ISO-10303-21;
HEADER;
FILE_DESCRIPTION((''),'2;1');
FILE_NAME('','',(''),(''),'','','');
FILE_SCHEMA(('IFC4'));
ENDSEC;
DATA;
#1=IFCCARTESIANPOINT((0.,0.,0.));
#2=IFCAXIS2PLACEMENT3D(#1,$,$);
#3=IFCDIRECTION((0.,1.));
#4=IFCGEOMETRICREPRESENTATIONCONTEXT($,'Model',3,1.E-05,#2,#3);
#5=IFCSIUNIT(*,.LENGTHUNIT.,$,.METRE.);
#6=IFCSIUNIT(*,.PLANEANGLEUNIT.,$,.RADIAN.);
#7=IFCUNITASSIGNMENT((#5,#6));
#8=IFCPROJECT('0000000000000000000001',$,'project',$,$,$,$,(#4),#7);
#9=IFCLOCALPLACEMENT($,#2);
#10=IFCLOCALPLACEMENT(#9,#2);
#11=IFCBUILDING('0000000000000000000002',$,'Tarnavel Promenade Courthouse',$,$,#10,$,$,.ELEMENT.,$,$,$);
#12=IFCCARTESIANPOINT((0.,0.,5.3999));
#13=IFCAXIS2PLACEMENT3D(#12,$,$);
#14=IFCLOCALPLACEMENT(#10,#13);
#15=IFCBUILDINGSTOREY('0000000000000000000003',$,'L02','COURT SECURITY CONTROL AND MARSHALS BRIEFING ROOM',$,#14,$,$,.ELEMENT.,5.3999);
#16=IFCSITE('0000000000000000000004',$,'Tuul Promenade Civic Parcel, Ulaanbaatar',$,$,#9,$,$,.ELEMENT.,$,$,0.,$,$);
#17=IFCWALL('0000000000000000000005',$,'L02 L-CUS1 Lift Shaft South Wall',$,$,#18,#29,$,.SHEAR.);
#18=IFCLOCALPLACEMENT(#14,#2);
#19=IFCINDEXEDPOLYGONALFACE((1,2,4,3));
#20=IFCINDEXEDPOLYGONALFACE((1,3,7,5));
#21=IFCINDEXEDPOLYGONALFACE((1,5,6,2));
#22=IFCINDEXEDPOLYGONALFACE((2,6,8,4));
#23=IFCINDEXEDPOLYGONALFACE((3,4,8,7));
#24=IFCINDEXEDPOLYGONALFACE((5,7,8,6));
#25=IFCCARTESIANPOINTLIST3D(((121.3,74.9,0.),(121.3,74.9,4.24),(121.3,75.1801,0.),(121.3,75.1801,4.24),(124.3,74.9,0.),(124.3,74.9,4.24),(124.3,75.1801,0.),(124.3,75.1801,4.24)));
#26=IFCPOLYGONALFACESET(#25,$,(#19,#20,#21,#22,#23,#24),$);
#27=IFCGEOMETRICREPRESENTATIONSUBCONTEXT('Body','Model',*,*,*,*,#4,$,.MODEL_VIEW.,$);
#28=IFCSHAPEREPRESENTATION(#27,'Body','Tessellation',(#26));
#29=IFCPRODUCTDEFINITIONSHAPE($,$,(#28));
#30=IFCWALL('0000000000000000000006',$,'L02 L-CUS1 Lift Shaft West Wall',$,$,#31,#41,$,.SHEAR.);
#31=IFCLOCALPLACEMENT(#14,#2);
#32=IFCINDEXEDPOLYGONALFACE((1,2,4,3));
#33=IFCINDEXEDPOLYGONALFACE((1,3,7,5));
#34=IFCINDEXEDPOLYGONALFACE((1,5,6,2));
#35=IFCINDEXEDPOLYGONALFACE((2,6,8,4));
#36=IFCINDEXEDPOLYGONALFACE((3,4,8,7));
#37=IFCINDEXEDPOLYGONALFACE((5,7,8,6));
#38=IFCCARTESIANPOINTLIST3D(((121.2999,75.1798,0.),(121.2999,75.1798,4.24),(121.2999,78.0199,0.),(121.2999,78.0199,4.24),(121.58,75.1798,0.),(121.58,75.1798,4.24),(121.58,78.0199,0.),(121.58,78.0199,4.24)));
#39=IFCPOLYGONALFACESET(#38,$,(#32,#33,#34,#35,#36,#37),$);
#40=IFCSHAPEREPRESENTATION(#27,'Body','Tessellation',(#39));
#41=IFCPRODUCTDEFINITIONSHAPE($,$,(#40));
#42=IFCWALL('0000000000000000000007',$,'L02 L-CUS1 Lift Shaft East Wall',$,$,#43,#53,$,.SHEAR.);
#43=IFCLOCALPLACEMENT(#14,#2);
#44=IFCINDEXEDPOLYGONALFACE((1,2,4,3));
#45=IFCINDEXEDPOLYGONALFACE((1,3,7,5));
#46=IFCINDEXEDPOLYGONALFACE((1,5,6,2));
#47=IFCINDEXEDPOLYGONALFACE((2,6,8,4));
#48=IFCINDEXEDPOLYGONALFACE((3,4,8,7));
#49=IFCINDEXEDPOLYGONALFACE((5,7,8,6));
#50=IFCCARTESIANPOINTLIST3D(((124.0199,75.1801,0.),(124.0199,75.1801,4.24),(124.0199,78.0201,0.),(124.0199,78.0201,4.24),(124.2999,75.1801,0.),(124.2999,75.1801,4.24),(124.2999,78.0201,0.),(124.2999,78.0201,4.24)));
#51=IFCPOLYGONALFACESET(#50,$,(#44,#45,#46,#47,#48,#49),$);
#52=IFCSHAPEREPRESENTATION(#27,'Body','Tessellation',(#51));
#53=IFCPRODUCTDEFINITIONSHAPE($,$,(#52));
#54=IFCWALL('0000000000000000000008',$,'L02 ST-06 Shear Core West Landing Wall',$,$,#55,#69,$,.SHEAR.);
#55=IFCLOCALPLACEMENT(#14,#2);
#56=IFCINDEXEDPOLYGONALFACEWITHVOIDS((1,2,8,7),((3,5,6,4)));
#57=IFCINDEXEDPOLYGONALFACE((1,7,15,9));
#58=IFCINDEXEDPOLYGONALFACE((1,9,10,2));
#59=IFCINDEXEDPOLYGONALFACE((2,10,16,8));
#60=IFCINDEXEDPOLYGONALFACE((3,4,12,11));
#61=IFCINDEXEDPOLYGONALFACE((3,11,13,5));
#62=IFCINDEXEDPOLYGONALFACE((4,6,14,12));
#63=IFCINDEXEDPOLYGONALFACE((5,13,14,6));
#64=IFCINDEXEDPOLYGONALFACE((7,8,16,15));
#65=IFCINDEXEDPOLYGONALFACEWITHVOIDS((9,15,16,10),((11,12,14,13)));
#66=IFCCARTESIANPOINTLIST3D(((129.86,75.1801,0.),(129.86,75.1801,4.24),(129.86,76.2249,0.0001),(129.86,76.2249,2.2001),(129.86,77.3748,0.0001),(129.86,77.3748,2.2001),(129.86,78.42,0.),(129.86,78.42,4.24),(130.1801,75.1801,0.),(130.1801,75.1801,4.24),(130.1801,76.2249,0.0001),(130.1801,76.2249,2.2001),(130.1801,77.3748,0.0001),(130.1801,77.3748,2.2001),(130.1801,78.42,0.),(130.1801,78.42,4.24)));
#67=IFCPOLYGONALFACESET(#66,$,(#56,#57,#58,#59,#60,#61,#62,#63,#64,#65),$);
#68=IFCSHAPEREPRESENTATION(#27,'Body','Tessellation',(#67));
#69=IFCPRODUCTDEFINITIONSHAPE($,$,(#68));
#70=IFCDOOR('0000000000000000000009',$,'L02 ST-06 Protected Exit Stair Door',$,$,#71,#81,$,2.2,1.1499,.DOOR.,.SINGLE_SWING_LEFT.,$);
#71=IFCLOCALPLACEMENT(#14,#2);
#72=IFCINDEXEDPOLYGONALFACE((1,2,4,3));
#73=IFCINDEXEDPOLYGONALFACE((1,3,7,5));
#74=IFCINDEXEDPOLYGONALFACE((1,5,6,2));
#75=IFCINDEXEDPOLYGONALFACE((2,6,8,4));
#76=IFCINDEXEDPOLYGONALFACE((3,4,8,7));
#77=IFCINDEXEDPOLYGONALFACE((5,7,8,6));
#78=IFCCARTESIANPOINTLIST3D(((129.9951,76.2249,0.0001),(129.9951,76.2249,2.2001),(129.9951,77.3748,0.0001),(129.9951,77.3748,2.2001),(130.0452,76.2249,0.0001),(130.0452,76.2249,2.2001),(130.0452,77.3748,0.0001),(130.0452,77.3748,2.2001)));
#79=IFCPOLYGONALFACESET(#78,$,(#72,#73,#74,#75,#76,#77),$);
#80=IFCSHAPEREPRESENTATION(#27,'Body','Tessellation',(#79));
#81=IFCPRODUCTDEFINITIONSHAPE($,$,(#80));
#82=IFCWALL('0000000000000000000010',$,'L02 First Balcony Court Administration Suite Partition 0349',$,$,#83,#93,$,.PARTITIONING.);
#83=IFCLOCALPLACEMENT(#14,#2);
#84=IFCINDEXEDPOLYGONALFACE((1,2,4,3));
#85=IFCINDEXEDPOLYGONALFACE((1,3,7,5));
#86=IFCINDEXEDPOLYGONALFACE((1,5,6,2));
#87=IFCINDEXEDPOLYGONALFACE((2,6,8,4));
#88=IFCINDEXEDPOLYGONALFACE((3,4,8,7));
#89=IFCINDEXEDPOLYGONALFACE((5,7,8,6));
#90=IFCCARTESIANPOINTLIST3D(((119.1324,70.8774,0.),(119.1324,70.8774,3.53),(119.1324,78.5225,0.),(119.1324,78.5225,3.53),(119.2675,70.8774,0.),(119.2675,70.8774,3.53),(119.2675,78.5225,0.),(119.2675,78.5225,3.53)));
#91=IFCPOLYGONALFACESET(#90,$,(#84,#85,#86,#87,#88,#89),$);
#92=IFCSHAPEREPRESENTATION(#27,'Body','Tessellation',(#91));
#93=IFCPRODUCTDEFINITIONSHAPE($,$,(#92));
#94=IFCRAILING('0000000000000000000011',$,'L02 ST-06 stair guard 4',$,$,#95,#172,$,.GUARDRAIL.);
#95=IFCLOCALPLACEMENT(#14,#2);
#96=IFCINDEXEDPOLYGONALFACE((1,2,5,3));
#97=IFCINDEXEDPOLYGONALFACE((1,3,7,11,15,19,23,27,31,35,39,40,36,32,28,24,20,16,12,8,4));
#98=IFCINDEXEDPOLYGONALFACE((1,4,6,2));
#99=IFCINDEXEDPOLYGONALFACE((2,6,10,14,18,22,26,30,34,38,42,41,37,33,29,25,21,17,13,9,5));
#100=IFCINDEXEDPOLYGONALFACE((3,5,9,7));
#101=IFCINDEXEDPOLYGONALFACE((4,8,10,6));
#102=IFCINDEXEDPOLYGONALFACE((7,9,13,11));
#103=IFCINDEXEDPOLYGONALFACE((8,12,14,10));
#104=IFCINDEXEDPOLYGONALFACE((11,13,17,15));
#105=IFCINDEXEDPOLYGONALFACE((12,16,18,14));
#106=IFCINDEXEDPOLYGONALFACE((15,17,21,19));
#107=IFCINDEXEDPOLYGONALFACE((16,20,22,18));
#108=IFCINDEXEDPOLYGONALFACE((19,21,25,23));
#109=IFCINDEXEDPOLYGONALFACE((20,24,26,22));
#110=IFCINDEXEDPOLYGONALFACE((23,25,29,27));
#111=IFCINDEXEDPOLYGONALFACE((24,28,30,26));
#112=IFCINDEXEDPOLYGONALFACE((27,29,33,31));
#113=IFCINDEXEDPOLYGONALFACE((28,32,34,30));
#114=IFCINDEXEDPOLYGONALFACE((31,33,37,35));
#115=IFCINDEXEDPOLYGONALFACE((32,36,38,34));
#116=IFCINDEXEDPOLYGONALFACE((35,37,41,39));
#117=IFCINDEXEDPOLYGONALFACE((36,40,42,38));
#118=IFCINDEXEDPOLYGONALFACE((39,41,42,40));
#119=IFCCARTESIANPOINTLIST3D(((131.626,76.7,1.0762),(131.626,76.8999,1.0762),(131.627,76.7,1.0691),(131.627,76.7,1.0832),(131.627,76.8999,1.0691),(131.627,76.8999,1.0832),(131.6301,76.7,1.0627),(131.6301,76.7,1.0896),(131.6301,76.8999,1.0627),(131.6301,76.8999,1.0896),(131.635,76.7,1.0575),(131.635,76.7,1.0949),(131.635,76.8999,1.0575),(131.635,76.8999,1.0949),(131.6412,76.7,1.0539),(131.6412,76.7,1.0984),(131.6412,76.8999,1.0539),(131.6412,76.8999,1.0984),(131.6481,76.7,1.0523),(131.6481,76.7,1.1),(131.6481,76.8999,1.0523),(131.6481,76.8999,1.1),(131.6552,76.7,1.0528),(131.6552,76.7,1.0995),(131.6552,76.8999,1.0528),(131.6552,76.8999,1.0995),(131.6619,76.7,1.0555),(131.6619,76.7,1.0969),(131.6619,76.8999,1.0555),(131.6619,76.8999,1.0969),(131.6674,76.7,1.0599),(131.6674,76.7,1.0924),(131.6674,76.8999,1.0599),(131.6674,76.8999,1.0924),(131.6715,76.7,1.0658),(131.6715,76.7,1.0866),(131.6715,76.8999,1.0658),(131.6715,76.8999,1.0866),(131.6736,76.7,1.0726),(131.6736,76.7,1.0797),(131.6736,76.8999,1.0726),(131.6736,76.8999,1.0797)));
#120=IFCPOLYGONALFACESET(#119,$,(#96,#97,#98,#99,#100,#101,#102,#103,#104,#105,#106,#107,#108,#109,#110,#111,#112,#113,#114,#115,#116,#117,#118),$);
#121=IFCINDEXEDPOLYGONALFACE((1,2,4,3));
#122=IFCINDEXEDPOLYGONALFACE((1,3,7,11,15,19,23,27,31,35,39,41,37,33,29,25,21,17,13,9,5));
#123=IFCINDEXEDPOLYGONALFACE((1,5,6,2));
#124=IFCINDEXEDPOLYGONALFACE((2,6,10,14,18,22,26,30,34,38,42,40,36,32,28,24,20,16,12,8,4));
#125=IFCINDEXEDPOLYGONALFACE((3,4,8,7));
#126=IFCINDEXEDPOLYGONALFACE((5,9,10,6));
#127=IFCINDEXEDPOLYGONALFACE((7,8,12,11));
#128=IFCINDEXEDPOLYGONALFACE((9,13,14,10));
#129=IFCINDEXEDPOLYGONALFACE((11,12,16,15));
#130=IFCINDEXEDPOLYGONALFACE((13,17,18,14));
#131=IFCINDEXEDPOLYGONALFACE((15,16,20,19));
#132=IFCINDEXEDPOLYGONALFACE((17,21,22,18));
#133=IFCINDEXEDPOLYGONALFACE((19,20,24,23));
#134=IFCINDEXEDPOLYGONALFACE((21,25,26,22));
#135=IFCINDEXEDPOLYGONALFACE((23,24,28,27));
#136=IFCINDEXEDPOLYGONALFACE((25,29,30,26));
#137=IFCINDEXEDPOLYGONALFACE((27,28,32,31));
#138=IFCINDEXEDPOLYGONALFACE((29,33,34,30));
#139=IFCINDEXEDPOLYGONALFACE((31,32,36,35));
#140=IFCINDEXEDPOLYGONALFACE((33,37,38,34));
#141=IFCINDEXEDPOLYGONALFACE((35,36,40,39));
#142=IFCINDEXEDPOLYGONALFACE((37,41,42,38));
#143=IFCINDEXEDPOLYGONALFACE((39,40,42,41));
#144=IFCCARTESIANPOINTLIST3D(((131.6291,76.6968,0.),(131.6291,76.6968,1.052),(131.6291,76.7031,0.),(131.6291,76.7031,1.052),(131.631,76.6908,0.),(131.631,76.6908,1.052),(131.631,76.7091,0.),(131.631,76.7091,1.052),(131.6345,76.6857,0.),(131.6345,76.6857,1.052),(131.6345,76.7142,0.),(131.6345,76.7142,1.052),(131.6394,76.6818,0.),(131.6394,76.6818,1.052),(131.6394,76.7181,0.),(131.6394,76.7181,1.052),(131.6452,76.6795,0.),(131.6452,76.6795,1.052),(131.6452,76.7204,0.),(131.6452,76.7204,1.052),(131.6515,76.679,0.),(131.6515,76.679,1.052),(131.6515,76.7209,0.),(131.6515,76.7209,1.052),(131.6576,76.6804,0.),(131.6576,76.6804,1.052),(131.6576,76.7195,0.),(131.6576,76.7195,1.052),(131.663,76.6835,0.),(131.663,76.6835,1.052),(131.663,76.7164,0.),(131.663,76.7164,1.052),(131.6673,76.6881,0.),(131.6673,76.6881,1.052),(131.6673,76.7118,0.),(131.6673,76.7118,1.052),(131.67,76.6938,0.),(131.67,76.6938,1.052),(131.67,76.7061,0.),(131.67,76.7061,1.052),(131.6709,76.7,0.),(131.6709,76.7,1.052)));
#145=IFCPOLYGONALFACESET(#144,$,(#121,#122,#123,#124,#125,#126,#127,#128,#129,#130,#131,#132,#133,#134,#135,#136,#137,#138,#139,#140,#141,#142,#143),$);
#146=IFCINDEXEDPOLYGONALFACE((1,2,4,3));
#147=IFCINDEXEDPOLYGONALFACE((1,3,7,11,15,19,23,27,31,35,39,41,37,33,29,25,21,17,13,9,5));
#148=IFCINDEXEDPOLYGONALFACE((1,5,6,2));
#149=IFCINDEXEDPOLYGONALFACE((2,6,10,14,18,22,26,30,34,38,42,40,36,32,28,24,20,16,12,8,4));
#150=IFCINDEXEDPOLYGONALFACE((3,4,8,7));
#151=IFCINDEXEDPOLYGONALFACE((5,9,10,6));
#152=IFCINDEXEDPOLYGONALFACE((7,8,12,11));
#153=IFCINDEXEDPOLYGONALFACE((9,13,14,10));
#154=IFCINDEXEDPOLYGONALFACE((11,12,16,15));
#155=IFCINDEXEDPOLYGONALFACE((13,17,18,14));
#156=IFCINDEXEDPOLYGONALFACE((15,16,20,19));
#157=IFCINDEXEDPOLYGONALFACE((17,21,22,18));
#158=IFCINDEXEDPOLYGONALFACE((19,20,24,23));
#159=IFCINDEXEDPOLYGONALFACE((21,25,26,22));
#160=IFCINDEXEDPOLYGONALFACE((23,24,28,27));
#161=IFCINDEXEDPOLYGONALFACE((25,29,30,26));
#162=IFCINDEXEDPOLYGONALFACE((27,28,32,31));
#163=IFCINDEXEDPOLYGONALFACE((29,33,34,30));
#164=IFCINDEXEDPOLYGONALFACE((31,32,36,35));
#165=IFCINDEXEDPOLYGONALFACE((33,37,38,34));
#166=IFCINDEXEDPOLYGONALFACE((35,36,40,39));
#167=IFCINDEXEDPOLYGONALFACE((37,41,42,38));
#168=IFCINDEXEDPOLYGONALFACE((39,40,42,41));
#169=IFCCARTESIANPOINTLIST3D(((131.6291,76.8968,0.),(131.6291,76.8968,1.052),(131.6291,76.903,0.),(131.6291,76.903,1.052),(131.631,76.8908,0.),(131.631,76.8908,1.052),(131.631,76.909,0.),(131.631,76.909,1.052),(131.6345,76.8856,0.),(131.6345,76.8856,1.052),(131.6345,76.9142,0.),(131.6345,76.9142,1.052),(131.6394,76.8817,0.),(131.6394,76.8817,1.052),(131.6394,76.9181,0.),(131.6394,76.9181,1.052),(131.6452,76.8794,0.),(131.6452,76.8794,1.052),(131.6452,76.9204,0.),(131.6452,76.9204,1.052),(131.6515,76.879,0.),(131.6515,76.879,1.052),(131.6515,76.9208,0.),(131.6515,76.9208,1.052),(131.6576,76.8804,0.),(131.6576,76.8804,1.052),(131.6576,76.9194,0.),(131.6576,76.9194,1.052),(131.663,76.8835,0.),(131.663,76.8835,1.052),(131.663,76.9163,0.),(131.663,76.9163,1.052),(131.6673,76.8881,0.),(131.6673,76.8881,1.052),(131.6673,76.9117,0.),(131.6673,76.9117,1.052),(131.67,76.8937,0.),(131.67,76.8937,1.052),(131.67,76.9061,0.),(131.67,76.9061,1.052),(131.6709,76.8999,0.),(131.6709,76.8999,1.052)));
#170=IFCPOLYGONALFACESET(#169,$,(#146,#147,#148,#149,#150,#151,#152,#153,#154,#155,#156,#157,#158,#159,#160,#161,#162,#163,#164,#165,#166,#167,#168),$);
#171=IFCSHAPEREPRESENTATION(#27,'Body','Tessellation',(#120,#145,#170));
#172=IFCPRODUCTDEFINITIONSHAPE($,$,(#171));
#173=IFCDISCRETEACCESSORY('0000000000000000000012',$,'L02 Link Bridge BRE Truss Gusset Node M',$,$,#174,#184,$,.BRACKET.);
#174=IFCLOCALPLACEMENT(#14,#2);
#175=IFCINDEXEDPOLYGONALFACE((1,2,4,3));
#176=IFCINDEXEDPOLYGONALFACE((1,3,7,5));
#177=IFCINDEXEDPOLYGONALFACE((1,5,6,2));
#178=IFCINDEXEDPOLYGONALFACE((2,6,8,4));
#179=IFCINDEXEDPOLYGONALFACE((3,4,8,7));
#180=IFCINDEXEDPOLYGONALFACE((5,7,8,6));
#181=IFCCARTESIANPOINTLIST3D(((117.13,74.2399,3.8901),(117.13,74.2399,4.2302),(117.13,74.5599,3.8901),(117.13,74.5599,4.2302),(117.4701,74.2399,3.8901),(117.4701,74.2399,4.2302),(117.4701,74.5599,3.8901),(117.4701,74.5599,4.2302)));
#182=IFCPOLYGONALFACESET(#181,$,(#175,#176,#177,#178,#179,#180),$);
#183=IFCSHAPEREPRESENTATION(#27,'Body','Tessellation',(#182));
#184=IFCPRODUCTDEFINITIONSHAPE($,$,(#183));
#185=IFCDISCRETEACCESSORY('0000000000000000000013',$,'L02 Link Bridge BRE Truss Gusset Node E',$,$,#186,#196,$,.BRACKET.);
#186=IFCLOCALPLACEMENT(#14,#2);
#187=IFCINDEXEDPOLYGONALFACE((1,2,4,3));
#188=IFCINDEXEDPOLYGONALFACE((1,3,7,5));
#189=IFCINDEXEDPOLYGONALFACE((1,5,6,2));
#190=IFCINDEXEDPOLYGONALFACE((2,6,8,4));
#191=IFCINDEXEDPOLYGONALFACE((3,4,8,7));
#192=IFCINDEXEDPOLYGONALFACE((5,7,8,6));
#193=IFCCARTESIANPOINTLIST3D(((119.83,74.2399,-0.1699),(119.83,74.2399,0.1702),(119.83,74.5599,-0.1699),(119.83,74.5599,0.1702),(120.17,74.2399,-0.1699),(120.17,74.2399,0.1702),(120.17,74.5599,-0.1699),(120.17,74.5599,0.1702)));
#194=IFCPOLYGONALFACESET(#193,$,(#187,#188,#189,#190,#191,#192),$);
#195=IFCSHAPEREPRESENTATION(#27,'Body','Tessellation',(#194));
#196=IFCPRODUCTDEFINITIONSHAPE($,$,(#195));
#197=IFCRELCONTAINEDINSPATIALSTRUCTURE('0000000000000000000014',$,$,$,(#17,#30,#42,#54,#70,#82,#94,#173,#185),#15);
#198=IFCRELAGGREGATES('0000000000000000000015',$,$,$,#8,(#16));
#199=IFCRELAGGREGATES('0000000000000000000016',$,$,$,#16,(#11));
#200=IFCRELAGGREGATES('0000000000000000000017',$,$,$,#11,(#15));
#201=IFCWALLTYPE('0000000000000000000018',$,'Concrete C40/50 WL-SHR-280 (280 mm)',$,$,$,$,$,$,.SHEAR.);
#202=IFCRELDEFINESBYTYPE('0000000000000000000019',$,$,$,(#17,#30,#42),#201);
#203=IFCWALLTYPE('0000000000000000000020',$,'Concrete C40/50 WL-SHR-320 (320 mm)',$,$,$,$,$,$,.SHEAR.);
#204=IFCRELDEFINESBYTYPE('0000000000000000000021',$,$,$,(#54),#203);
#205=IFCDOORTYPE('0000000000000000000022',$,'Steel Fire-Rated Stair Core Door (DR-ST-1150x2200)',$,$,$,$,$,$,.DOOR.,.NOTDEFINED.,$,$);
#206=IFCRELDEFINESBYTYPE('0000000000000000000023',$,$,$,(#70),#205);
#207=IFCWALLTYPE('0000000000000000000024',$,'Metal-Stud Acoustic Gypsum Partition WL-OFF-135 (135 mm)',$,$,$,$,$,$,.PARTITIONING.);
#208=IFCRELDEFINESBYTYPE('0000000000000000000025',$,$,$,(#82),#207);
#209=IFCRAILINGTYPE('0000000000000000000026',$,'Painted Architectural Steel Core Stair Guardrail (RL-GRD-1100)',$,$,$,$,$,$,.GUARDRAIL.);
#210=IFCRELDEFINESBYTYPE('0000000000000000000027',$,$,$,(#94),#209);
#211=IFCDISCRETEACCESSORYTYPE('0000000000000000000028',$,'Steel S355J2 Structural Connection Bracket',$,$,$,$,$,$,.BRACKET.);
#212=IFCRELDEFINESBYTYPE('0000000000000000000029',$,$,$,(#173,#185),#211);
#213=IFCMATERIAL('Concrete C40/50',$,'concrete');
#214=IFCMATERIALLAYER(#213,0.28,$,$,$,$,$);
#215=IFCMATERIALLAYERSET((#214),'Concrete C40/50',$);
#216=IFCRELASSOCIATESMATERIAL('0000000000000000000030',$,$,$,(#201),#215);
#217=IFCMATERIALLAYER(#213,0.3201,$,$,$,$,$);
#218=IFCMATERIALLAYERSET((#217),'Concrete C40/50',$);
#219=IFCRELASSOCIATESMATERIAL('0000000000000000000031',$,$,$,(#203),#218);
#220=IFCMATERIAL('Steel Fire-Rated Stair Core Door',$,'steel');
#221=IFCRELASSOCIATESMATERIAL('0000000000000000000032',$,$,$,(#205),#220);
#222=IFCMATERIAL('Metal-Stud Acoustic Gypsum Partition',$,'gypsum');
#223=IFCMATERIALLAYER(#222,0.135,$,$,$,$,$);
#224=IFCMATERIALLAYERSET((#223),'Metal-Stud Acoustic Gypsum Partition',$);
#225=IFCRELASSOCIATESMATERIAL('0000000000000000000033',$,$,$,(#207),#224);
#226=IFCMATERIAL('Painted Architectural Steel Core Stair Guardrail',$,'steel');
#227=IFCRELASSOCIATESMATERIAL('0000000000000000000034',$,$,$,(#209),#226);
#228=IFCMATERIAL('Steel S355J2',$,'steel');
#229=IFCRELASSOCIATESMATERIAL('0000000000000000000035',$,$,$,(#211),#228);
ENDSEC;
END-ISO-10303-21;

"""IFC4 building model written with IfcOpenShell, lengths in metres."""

from ifc_helpers import new_model, si_unit, direction, frame, frame_2d, origin, origin_2d, place, context, subcontext, project, spatial, rectangle, circle, extrude, material, layer, layer_set, type_object, element, fill, save


model = new_model("IFC4")

# Units and contexts
model_context = context("Model", 3, precision=1e-05, world=origin(), true_north=direction((0.0, 1.0)))
body_context = subcontext(model_context, "Body", "Model", "MODEL_VIEW")
ifc_project = project(units=[si_unit("LENGTHUNIT", "METRE"), si_unit("PLANEANGLEUNIT", "RADIAN")], contexts=[model_context])

# Site, building, storey
site_placement = place(None, origin())
site = spatial("IfcSite", under=ifc_project, at=site_placement, Name="Tuul Promenade Civic Parcel, Ulaanbaatar", CompositionType="ELEMENT", RefElevation=0.0)
building_placement = place(site_placement, origin())
building = spatial("IfcBuilding", under=site, at=building_placement, Name="Tarnavel Promenade Courthouse", CompositionType="ELEMENT")
storey_placement = place(building_placement, frame((0.0, 0.0, 5.3999)))
storey = spatial("IfcBuildingStorey", under=building, at=storey_placement, Name="L02", Description="COURT SECURITY CONTROL AND MARSHALS BRIEFING ROOM", CompositionType="ELEMENT", Elevation=5.3999)

# Shared definitions
ifc_material_1 = material(Name="Concrete C40/50", Category="concrete")

# Shared definitions
ifc_material_2 = material(Name="Steel S355J2", Category="steel")

# Shared definitions
ifc_layer_1 = layer(ifc_material_1, 0.28)
ifc_layer_set_1 = layer_set([ifc_layer_1], Name="Concrete C40/50")
wall_type_1 = type_object("IfcWallType", Name="Concrete C40/50 WL-SHR-280 (280 mm)", PredefinedType="SHEAR", material=ifc_layer_set_1)

# Walls
wall_1_placement = place(storey_placement, frame((124.3, 75.04, 0.0), z_axis=(0.0, 0.0, 1.0), x_axis=(-1.0, 0.0, 0.0)))
element("IfcWall", 1, at=wall_1_placement, inside=storey, type_object=wall_type_1, Name="L02 L-CUS1 Lift Shaft South Wall", PredefinedType="SHEAR", context=body_context, shape_type="SweptSolid", body=[
    extrude(rectangle(XDim=3.0, YDim=0.28, at=frame_2d((1.5, 0.0))), origin(), (0.0, 0.0, 1.0), 4.24),
])
for number, where, z_axis, x_axis, name in (
    (2, (121.4399, 75.1799, 0.0), (0.0, 0.0, 1.0), (0.0, 1.0, 0.0), "L02 L-CUS1 Lift Shaft West Wall"),
    (3, (124.1599, 78.02, 0.0), (0.0, 0.0, 1.0), (0.0, -1.0, 0.0), "L02 L-CUS1 Lift Shaft East Wall"),
):
    element("IfcWall", number, at=place(storey_placement, frame(where, z_axis=z_axis, x_axis=x_axis)), inside=storey, type_object=wall_type_1, Name=name, PredefinedType="SHEAR", context=body_context, shape_type="SweptSolid", body=[
        extrude(rectangle(XDim=2.8401, YDim=0.28, at=frame_2d((1.4199, 0.0))), origin(), (0.0, 0.0, 1.0), 4.24),
    ])

# Wall, opening, door
ifc_layer_2 = layer(ifc_material_1, 0.3201)
ifc_layer_set_2 = layer_set([ifc_layer_2], Name="Concrete C40/50")
wall_type_2 = type_object("IfcWallType", Name="Concrete C40/50 WL-SHR-320 (320 mm)", PredefinedType="SHEAR", material=ifc_layer_set_2)
wall_2_placement = place(storey_placement, frame((130.02, 75.1799, 0.0), z_axis=(0.0, 0.0, 1.0), x_axis=(0.0, 1.0, 0.0)))
wall_2 = element("IfcWall", 4, at=wall_2_placement, inside=storey, type_object=wall_type_2, Name="L02 ST-06 Shear Core West Landing Wall", PredefinedType="SHEAR", context=body_context, shape_type="SweptSolid", body=[
    extrude(rectangle(XDim=3.24, YDim=0.3201, at=frame_2d((1.6201, 0.0))), origin(), (0.0, 0.0, 1.0), 4.24),
])
opening_1_placement = place(wall_2_placement, frame((1.0449, 0.0, 0.0)))
opening_1 = element("IfcOpeningElement", 5, at=opening_1_placement, cuts=wall_2, PredefinedType="OPENING", context=body_context, shape_type="SweptSolid", body=[
    extrude(rectangle(XDim=1.1499, YDim=2.2, at=frame_2d((0.575, 1.1001))), frame((0.0, 0.1699, 0.0), z_axis=(0.0, -1.0, 0.0), x_axis=(1.0, 0.0, 0.0)), (0.0, 0.0, 1.0), 0.3401),
])
ifc_material_3 = material(Name="Steel Fire-Rated Stair Core Door", Category="steel")
door_type_1 = type_object("IfcDoorType", Name="Steel Fire-Rated Stair Core Door (DR-ST-1150x2200)", OperationType="NOTDEFINED", PredefinedType="DOOR", material=ifc_material_3)
door_1_placement = place(opening_1_placement, origin())
door_1 = element("IfcDoor", 6, at=door_1_placement, inside=storey, type_object=door_type_1, Name="L02 ST-06 Protected Exit Stair Door", OperationType="SINGLE_SWING_LEFT", OverallHeight=2.2, OverallWidth=1.1499, PredefinedType="DOOR", context=body_context, shape_type="SweptSolid", body=[
    extrude(rectangle(XDim=1.1499, YDim=2.2, at=frame_2d((0.575, 1.1001))), frame((0.0, 0.0249, 0.0), z_axis=(0.0, -1.0, 0.0), x_axis=(1.0, 0.0, 0.0)), (0.0, 0.0, 1.0), 0.05),
])
fill(opening_1, door_1)

# Wall
ifc_material_4 = material(Name="Metal-Stud Acoustic Gypsum Partition", Category="gypsum")
ifc_layer_3 = layer(ifc_material_4, 0.135)
ifc_layer_set_3 = layer_set([ifc_layer_3], Name="Metal-Stud Acoustic Gypsum Partition")
wall_type_3 = type_object("IfcWallType", Name="Metal-Stud Acoustic Gypsum Partition WL-OFF-135 (135 mm)", PredefinedType="PARTITIONING", material=ifc_layer_set_3)
wall_3_placement = place(storey_placement, frame((119.2, 78.5225, 0.0), z_axis=(0.0, 0.0, 1.0), x_axis=(0.0, -1.0, 0.0)))
element("IfcWall", 7, at=wall_3_placement, inside=storey, type_object=wall_type_3, Name="L02 First Balcony Court Administration Suite Partition 0349", PredefinedType="PARTITIONING", context=body_context, shape_type="SweptSolid", body=[
    extrude(rectangle(XDim=7.645, YDim=0.135, at=frame_2d((3.8225, 0.0))), origin(), (0.0, 0.0, 1.0), 3.53),
])

# Railing
ifc_material_5 = material(Name="Painted Architectural Steel Core Stair Guardrail", Category="steel")
railing_type = type_object("IfcRailingType", Name="Painted Architectural Steel Core Stair Guardrail (RL-GRD-1100)", PredefinedType="GUARDRAIL", material=ifc_material_5)
railing_placement = place(storey_placement, frame((131.6499, 76.7, 0.0)))
element("IfcRailing", 8, at=railing_placement, inside=storey, type_object=railing_type, Name="L02 ST-06 stair guard 4", PredefinedType="GUARDRAIL", context=body_context, shape_type="SweptSolid", body=[
    extrude(circle(Radius=0.0239, at=origin_2d()), frame((0.0, 0.0, 1.0762), z_axis=(0.0, 1.0, 0.0), x_axis=(-1.0, 0.0, 0.0)), (0.0, 0.0, 1.0), 0.2),
    extrude(circle(Radius=0.021, at=origin_2d()), origin(), (0.0, 0.0, 1.0), 1.052),
    extrude(circle(Radius=0.021, at=origin_2d()), frame((0.0, 0.2, 0.0)), (0.0, 0.0, 1.0), 1.052),
])

# Discrete accessories
discrete_accessory_type = type_object("IfcDiscreteAccessoryType", Name="Steel S355J2 Structural Connection Bracket", PredefinedType="BRACKET", material=ifc_material_2)
for number, where, z_axis, x_axis, name in (
    (9, (117.3, 74.3999, 3.8901), (0.0, 0.0, 1.0), (1.0, 0.0, 0.0), "L02 Link Bridge BRE Truss Gusset Node M"),
    (10, (120.0, 74.3999, -0.1699), (0.0, 0.0, 1.0), (1.0, 0.0, 0.0), "L02 Link Bridge BRE Truss Gusset Node E"),
):
    element("IfcDiscreteAccessory", number, at=place(storey_placement, frame(where, z_axis=z_axis, x_axis=x_axis)), inside=storey, type_object=discrete_accessory_type, Name=name, PredefinedType="BRACKET", context=body_context, shape_type="SweptSolid", body=[
        extrude(rectangle(XDim=0.3401, YDim=0.3201, at=origin_2d()), origin(), (0.0, 0.0, 1.0), 0.3401),
    ])

save(model, "model.ifc")
